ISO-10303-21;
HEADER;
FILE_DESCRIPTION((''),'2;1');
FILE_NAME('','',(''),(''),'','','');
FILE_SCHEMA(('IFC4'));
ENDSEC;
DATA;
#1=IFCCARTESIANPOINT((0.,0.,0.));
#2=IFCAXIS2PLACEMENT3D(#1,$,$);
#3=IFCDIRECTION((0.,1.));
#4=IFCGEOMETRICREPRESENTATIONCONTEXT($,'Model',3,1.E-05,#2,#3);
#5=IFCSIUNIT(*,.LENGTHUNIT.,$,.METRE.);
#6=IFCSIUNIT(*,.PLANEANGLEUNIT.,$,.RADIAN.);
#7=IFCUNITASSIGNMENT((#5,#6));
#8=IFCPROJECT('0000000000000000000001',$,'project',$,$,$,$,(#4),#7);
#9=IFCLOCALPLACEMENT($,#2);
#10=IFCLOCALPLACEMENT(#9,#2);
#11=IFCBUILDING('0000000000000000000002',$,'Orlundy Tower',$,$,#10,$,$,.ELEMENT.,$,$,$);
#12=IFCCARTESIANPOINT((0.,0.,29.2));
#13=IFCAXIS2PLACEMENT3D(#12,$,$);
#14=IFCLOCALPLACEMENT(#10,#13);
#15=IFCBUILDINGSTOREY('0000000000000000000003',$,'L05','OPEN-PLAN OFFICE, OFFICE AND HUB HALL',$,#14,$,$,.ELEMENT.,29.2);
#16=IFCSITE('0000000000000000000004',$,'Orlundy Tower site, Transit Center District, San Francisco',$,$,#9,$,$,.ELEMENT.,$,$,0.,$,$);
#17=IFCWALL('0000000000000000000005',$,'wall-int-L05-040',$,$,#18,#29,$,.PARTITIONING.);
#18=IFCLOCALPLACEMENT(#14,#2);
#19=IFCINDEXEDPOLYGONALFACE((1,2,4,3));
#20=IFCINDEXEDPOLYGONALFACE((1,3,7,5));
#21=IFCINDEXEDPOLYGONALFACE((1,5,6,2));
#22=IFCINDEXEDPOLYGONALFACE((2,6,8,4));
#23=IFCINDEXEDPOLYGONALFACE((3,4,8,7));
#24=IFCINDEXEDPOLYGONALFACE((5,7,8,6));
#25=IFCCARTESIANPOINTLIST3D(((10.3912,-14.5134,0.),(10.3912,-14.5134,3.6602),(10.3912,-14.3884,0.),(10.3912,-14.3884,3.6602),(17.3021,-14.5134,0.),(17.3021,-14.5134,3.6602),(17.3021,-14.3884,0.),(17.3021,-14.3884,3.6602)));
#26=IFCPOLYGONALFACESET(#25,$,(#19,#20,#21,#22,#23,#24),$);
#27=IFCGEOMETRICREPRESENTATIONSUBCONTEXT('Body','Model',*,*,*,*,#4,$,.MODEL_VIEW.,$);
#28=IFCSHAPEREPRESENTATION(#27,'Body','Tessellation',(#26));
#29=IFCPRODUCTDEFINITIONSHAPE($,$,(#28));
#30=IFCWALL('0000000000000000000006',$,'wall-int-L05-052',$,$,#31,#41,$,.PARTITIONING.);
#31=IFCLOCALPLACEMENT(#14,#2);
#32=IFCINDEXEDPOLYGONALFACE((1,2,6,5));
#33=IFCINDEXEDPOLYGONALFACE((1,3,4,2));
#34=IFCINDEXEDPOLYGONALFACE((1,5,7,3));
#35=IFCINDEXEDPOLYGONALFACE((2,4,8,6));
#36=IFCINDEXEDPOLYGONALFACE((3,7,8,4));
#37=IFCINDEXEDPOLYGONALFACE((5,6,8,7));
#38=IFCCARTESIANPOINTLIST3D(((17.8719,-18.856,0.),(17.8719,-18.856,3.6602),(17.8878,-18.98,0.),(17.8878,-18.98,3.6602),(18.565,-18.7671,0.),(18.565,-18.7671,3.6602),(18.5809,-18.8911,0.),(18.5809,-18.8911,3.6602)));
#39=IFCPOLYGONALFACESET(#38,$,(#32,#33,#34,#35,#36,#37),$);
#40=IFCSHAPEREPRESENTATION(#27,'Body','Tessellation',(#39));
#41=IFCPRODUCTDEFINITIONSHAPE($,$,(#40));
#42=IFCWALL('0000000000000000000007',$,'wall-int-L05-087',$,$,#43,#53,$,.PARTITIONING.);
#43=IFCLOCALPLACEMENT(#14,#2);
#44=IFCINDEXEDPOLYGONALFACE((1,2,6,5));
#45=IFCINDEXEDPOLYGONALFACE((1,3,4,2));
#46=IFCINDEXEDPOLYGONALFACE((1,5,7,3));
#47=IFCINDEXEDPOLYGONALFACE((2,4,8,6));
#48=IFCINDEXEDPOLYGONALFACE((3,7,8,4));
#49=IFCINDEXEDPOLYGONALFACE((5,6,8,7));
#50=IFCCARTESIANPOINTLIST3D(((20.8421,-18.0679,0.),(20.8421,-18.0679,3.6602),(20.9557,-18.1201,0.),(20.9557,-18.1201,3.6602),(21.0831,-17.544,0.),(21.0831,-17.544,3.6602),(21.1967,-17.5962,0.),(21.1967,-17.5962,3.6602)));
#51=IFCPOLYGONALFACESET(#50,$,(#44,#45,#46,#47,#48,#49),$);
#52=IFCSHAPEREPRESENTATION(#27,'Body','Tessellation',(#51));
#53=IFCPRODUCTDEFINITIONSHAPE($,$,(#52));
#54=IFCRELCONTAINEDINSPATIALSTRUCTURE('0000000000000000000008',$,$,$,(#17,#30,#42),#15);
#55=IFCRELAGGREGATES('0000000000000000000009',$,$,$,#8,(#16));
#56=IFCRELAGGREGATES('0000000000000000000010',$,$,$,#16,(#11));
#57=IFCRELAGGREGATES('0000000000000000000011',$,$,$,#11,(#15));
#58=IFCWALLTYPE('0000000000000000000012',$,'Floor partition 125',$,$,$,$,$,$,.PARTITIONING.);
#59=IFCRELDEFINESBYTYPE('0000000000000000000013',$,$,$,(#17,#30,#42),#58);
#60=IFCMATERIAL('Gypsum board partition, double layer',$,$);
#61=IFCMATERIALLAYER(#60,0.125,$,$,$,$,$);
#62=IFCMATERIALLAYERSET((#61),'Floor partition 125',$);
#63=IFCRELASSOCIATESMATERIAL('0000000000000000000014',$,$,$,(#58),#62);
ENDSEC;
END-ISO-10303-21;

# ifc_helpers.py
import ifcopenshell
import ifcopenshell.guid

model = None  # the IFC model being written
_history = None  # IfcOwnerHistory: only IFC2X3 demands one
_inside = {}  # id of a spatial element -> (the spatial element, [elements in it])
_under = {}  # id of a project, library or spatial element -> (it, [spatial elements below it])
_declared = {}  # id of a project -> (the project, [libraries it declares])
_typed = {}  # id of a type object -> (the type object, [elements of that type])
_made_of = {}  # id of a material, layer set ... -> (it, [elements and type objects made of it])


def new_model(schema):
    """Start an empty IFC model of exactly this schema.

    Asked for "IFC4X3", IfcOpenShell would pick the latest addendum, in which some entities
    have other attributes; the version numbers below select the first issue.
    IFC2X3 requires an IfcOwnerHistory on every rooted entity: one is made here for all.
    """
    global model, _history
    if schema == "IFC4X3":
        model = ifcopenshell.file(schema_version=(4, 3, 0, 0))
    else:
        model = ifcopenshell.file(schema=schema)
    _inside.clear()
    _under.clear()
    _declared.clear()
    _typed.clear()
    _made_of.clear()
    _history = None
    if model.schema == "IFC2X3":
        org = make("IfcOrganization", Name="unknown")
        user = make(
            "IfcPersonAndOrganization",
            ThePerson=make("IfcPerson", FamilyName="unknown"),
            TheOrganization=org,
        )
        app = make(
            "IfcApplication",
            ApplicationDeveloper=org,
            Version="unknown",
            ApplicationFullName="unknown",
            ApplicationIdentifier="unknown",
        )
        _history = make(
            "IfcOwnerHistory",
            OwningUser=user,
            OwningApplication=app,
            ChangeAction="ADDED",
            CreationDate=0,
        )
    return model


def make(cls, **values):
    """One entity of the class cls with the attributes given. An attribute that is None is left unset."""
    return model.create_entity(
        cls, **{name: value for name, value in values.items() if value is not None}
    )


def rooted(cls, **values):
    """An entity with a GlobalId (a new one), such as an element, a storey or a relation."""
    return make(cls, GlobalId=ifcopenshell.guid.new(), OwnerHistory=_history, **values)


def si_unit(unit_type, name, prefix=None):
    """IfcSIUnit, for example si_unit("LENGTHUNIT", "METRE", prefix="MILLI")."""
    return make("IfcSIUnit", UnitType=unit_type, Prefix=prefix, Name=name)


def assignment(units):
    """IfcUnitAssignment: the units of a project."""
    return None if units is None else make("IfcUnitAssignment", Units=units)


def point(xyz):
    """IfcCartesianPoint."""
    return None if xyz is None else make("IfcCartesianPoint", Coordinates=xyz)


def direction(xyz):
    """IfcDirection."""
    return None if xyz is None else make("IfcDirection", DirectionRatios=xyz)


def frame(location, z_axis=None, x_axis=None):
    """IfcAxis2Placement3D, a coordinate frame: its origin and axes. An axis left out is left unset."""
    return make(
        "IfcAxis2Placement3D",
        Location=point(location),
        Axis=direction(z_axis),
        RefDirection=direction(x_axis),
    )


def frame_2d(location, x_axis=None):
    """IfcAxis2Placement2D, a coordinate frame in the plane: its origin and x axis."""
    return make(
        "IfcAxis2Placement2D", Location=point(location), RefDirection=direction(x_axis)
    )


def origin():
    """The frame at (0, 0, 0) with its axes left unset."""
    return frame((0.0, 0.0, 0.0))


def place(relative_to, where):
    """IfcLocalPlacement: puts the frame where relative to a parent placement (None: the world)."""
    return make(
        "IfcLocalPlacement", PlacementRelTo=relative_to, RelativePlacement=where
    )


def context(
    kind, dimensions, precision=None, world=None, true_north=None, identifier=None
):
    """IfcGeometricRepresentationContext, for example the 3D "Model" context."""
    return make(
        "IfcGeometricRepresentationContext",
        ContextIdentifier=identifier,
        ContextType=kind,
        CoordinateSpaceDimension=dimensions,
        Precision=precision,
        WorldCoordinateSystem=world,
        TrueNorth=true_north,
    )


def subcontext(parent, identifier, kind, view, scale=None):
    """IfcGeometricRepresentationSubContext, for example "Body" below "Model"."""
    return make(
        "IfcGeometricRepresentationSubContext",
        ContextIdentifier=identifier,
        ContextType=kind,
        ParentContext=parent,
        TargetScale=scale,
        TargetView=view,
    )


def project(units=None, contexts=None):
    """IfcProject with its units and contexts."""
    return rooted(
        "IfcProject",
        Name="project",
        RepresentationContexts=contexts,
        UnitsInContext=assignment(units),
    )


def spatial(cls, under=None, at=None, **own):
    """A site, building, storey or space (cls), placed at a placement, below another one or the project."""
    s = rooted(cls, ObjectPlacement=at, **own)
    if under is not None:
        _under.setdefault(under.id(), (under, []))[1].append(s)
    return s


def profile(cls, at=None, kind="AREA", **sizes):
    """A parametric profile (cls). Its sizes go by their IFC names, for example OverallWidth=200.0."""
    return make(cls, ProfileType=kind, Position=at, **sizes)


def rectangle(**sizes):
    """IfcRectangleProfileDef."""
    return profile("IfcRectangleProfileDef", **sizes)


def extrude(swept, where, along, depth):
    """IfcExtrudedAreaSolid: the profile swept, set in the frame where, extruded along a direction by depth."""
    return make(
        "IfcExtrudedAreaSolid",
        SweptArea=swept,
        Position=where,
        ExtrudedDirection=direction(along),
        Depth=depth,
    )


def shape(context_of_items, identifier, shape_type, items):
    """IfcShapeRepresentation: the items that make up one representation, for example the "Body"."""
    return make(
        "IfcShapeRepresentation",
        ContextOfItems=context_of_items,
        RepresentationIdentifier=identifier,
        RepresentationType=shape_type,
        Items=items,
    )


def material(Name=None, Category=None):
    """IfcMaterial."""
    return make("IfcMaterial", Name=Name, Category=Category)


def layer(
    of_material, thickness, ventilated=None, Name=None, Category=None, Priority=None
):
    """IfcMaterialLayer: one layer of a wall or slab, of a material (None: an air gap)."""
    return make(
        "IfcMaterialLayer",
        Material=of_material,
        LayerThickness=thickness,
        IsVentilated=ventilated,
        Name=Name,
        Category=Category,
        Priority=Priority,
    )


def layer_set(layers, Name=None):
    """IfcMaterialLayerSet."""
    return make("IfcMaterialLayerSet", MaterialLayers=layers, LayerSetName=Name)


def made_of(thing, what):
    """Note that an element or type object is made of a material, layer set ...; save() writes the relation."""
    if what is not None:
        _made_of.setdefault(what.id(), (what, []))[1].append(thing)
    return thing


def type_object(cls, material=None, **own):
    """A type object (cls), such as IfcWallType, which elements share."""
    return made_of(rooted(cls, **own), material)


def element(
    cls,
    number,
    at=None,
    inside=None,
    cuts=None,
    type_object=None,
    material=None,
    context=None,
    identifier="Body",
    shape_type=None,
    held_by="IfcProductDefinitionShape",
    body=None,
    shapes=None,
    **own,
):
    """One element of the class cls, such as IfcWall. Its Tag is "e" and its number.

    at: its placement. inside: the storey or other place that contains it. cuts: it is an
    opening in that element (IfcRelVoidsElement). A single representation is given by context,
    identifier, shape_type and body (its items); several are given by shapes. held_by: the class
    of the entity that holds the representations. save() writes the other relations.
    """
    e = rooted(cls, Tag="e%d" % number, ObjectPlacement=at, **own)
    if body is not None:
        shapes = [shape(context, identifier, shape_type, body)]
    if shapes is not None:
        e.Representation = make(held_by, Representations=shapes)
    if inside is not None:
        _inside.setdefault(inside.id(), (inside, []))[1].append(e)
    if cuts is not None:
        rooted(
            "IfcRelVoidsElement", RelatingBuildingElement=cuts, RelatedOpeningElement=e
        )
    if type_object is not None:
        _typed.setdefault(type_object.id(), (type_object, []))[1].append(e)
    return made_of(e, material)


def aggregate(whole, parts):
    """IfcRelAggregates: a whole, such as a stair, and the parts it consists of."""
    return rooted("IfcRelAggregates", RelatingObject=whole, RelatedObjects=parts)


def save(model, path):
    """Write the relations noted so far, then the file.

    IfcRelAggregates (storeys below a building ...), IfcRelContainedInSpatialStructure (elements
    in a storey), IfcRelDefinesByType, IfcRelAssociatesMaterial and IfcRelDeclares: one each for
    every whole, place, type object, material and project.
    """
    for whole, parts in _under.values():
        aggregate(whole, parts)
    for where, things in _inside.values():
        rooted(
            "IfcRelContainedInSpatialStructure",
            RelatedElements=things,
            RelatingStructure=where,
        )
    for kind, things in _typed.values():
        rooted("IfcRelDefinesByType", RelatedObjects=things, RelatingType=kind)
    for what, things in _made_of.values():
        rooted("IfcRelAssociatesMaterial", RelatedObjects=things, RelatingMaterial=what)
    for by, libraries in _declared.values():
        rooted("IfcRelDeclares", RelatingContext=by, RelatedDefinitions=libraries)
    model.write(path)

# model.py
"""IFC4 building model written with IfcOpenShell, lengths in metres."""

from ifc_helpers import new_model, si_unit, direction, frame, frame_2d, origin, place, context, subcontext, project, spatial, rectangle, extrude, material, layer, layer_set, type_object, element, save


model = new_model("IFC4")

# Units and contexts
model_context = context("Model", 3, precision=1e-05, world=origin(), true_north=direction((0.0, 1.0)))
body_context = subcontext(model_context, "Body", "Model", "MODEL_VIEW")
ifc_project = project(units=[si_unit("LENGTHUNIT", "METRE"), si_unit("PLANEANGLEUNIT", "RADIAN")], contexts=[model_context])

# Site, building, storey
site_placement = place(None, origin())
site = spatial("IfcSite", under=ifc_project, at=site_placement, Name="Orlundy Tower site, Transit Center District, San Francisco", CompositionType="ELEMENT", RefElevation=0.0)
building_placement = place(site_placement, origin())
building = spatial("IfcBuilding", under=site, at=building_placement, Name="Orlundy Tower", CompositionType="ELEMENT")
storey_placement = place(building_placement, frame((0.0, 0.0, 29.2)))
storey = spatial("IfcBuildingStorey", under=building, at=storey_placement, Name="L05", Description="OPEN-PLAN OFFICE, OFFICE AND HUB HALL", CompositionType="ELEMENT", Elevation=29.2)

# Shared definitions
ifc_material_1 = material(Name="Gypsum board partition, double layer")
ifc_layer = layer(ifc_material_1, 0.125)
ifc_layer_set = layer_set([ifc_layer], Name="Floor partition 125")
wall_type = type_object("IfcWallType", Name="Floor partition 125", PredefinedType="PARTITIONING", material=ifc_layer_set)

# Walls
wall_1_placement = place(storey_placement, frame((10.3911, -14.4509, 0.0), z_axis=(0.0, 0.0, 1.0), x_axis=(1.0, 0.0, 0.0)))
element("IfcWall", 1, at=wall_1_placement, inside=storey, type_object=wall_type, Name="wall-int-L05-040", PredefinedType="PARTITIONING", context=body_context, shape_type="SweptSolid", body=[
    extrude(rectangle(XDim=6.9109, YDim=0.125, at=frame_2d((3.4556, 0.0))), origin(), (0.0, 0.0, 1.0), 3.6602),
])
wall_2_placement = place(storey_placement, frame((17.8799, -18.918, 0.0), z_axis=(0.0, 0.0, 1.0), x_axis=(0.991881, 0.127173, 0.0)))
element("IfcWall", 2, at=wall_2_placement, inside=storey, type_object=wall_type, Name="wall-int-L05-052", PredefinedType="PARTITIONING", context=body_context, shape_type="SweptSolid", body=[
    extrude(rectangle(XDim=0.6987, YDim=0.125, at=frame_2d((0.3494, 0.0))), origin(), (0.0, 0.0, 1.0), 3.6602),
])
wall_3_placement = place(storey_placement, frame((20.8989, -18.094, 0.0), z_axis=(0.0, 0.0, 1.0), x_axis=(0.41785, 0.908516, 0.0)))
element("IfcWall", 3, at=wall_3_placement, inside=storey, type_object=wall_type, Name="wall-int-L05-087", PredefinedType="PARTITIONING", context=body_context, shape_type="SweptSolid", body=[
    extrude(rectangle(XDim=0.5767, YDim=0.125, at=frame_2d((0.2883, 0.0))), origin(), (0.0, 0.0, 1.0), 3.6602),
])

save(model, "model.ifc")
